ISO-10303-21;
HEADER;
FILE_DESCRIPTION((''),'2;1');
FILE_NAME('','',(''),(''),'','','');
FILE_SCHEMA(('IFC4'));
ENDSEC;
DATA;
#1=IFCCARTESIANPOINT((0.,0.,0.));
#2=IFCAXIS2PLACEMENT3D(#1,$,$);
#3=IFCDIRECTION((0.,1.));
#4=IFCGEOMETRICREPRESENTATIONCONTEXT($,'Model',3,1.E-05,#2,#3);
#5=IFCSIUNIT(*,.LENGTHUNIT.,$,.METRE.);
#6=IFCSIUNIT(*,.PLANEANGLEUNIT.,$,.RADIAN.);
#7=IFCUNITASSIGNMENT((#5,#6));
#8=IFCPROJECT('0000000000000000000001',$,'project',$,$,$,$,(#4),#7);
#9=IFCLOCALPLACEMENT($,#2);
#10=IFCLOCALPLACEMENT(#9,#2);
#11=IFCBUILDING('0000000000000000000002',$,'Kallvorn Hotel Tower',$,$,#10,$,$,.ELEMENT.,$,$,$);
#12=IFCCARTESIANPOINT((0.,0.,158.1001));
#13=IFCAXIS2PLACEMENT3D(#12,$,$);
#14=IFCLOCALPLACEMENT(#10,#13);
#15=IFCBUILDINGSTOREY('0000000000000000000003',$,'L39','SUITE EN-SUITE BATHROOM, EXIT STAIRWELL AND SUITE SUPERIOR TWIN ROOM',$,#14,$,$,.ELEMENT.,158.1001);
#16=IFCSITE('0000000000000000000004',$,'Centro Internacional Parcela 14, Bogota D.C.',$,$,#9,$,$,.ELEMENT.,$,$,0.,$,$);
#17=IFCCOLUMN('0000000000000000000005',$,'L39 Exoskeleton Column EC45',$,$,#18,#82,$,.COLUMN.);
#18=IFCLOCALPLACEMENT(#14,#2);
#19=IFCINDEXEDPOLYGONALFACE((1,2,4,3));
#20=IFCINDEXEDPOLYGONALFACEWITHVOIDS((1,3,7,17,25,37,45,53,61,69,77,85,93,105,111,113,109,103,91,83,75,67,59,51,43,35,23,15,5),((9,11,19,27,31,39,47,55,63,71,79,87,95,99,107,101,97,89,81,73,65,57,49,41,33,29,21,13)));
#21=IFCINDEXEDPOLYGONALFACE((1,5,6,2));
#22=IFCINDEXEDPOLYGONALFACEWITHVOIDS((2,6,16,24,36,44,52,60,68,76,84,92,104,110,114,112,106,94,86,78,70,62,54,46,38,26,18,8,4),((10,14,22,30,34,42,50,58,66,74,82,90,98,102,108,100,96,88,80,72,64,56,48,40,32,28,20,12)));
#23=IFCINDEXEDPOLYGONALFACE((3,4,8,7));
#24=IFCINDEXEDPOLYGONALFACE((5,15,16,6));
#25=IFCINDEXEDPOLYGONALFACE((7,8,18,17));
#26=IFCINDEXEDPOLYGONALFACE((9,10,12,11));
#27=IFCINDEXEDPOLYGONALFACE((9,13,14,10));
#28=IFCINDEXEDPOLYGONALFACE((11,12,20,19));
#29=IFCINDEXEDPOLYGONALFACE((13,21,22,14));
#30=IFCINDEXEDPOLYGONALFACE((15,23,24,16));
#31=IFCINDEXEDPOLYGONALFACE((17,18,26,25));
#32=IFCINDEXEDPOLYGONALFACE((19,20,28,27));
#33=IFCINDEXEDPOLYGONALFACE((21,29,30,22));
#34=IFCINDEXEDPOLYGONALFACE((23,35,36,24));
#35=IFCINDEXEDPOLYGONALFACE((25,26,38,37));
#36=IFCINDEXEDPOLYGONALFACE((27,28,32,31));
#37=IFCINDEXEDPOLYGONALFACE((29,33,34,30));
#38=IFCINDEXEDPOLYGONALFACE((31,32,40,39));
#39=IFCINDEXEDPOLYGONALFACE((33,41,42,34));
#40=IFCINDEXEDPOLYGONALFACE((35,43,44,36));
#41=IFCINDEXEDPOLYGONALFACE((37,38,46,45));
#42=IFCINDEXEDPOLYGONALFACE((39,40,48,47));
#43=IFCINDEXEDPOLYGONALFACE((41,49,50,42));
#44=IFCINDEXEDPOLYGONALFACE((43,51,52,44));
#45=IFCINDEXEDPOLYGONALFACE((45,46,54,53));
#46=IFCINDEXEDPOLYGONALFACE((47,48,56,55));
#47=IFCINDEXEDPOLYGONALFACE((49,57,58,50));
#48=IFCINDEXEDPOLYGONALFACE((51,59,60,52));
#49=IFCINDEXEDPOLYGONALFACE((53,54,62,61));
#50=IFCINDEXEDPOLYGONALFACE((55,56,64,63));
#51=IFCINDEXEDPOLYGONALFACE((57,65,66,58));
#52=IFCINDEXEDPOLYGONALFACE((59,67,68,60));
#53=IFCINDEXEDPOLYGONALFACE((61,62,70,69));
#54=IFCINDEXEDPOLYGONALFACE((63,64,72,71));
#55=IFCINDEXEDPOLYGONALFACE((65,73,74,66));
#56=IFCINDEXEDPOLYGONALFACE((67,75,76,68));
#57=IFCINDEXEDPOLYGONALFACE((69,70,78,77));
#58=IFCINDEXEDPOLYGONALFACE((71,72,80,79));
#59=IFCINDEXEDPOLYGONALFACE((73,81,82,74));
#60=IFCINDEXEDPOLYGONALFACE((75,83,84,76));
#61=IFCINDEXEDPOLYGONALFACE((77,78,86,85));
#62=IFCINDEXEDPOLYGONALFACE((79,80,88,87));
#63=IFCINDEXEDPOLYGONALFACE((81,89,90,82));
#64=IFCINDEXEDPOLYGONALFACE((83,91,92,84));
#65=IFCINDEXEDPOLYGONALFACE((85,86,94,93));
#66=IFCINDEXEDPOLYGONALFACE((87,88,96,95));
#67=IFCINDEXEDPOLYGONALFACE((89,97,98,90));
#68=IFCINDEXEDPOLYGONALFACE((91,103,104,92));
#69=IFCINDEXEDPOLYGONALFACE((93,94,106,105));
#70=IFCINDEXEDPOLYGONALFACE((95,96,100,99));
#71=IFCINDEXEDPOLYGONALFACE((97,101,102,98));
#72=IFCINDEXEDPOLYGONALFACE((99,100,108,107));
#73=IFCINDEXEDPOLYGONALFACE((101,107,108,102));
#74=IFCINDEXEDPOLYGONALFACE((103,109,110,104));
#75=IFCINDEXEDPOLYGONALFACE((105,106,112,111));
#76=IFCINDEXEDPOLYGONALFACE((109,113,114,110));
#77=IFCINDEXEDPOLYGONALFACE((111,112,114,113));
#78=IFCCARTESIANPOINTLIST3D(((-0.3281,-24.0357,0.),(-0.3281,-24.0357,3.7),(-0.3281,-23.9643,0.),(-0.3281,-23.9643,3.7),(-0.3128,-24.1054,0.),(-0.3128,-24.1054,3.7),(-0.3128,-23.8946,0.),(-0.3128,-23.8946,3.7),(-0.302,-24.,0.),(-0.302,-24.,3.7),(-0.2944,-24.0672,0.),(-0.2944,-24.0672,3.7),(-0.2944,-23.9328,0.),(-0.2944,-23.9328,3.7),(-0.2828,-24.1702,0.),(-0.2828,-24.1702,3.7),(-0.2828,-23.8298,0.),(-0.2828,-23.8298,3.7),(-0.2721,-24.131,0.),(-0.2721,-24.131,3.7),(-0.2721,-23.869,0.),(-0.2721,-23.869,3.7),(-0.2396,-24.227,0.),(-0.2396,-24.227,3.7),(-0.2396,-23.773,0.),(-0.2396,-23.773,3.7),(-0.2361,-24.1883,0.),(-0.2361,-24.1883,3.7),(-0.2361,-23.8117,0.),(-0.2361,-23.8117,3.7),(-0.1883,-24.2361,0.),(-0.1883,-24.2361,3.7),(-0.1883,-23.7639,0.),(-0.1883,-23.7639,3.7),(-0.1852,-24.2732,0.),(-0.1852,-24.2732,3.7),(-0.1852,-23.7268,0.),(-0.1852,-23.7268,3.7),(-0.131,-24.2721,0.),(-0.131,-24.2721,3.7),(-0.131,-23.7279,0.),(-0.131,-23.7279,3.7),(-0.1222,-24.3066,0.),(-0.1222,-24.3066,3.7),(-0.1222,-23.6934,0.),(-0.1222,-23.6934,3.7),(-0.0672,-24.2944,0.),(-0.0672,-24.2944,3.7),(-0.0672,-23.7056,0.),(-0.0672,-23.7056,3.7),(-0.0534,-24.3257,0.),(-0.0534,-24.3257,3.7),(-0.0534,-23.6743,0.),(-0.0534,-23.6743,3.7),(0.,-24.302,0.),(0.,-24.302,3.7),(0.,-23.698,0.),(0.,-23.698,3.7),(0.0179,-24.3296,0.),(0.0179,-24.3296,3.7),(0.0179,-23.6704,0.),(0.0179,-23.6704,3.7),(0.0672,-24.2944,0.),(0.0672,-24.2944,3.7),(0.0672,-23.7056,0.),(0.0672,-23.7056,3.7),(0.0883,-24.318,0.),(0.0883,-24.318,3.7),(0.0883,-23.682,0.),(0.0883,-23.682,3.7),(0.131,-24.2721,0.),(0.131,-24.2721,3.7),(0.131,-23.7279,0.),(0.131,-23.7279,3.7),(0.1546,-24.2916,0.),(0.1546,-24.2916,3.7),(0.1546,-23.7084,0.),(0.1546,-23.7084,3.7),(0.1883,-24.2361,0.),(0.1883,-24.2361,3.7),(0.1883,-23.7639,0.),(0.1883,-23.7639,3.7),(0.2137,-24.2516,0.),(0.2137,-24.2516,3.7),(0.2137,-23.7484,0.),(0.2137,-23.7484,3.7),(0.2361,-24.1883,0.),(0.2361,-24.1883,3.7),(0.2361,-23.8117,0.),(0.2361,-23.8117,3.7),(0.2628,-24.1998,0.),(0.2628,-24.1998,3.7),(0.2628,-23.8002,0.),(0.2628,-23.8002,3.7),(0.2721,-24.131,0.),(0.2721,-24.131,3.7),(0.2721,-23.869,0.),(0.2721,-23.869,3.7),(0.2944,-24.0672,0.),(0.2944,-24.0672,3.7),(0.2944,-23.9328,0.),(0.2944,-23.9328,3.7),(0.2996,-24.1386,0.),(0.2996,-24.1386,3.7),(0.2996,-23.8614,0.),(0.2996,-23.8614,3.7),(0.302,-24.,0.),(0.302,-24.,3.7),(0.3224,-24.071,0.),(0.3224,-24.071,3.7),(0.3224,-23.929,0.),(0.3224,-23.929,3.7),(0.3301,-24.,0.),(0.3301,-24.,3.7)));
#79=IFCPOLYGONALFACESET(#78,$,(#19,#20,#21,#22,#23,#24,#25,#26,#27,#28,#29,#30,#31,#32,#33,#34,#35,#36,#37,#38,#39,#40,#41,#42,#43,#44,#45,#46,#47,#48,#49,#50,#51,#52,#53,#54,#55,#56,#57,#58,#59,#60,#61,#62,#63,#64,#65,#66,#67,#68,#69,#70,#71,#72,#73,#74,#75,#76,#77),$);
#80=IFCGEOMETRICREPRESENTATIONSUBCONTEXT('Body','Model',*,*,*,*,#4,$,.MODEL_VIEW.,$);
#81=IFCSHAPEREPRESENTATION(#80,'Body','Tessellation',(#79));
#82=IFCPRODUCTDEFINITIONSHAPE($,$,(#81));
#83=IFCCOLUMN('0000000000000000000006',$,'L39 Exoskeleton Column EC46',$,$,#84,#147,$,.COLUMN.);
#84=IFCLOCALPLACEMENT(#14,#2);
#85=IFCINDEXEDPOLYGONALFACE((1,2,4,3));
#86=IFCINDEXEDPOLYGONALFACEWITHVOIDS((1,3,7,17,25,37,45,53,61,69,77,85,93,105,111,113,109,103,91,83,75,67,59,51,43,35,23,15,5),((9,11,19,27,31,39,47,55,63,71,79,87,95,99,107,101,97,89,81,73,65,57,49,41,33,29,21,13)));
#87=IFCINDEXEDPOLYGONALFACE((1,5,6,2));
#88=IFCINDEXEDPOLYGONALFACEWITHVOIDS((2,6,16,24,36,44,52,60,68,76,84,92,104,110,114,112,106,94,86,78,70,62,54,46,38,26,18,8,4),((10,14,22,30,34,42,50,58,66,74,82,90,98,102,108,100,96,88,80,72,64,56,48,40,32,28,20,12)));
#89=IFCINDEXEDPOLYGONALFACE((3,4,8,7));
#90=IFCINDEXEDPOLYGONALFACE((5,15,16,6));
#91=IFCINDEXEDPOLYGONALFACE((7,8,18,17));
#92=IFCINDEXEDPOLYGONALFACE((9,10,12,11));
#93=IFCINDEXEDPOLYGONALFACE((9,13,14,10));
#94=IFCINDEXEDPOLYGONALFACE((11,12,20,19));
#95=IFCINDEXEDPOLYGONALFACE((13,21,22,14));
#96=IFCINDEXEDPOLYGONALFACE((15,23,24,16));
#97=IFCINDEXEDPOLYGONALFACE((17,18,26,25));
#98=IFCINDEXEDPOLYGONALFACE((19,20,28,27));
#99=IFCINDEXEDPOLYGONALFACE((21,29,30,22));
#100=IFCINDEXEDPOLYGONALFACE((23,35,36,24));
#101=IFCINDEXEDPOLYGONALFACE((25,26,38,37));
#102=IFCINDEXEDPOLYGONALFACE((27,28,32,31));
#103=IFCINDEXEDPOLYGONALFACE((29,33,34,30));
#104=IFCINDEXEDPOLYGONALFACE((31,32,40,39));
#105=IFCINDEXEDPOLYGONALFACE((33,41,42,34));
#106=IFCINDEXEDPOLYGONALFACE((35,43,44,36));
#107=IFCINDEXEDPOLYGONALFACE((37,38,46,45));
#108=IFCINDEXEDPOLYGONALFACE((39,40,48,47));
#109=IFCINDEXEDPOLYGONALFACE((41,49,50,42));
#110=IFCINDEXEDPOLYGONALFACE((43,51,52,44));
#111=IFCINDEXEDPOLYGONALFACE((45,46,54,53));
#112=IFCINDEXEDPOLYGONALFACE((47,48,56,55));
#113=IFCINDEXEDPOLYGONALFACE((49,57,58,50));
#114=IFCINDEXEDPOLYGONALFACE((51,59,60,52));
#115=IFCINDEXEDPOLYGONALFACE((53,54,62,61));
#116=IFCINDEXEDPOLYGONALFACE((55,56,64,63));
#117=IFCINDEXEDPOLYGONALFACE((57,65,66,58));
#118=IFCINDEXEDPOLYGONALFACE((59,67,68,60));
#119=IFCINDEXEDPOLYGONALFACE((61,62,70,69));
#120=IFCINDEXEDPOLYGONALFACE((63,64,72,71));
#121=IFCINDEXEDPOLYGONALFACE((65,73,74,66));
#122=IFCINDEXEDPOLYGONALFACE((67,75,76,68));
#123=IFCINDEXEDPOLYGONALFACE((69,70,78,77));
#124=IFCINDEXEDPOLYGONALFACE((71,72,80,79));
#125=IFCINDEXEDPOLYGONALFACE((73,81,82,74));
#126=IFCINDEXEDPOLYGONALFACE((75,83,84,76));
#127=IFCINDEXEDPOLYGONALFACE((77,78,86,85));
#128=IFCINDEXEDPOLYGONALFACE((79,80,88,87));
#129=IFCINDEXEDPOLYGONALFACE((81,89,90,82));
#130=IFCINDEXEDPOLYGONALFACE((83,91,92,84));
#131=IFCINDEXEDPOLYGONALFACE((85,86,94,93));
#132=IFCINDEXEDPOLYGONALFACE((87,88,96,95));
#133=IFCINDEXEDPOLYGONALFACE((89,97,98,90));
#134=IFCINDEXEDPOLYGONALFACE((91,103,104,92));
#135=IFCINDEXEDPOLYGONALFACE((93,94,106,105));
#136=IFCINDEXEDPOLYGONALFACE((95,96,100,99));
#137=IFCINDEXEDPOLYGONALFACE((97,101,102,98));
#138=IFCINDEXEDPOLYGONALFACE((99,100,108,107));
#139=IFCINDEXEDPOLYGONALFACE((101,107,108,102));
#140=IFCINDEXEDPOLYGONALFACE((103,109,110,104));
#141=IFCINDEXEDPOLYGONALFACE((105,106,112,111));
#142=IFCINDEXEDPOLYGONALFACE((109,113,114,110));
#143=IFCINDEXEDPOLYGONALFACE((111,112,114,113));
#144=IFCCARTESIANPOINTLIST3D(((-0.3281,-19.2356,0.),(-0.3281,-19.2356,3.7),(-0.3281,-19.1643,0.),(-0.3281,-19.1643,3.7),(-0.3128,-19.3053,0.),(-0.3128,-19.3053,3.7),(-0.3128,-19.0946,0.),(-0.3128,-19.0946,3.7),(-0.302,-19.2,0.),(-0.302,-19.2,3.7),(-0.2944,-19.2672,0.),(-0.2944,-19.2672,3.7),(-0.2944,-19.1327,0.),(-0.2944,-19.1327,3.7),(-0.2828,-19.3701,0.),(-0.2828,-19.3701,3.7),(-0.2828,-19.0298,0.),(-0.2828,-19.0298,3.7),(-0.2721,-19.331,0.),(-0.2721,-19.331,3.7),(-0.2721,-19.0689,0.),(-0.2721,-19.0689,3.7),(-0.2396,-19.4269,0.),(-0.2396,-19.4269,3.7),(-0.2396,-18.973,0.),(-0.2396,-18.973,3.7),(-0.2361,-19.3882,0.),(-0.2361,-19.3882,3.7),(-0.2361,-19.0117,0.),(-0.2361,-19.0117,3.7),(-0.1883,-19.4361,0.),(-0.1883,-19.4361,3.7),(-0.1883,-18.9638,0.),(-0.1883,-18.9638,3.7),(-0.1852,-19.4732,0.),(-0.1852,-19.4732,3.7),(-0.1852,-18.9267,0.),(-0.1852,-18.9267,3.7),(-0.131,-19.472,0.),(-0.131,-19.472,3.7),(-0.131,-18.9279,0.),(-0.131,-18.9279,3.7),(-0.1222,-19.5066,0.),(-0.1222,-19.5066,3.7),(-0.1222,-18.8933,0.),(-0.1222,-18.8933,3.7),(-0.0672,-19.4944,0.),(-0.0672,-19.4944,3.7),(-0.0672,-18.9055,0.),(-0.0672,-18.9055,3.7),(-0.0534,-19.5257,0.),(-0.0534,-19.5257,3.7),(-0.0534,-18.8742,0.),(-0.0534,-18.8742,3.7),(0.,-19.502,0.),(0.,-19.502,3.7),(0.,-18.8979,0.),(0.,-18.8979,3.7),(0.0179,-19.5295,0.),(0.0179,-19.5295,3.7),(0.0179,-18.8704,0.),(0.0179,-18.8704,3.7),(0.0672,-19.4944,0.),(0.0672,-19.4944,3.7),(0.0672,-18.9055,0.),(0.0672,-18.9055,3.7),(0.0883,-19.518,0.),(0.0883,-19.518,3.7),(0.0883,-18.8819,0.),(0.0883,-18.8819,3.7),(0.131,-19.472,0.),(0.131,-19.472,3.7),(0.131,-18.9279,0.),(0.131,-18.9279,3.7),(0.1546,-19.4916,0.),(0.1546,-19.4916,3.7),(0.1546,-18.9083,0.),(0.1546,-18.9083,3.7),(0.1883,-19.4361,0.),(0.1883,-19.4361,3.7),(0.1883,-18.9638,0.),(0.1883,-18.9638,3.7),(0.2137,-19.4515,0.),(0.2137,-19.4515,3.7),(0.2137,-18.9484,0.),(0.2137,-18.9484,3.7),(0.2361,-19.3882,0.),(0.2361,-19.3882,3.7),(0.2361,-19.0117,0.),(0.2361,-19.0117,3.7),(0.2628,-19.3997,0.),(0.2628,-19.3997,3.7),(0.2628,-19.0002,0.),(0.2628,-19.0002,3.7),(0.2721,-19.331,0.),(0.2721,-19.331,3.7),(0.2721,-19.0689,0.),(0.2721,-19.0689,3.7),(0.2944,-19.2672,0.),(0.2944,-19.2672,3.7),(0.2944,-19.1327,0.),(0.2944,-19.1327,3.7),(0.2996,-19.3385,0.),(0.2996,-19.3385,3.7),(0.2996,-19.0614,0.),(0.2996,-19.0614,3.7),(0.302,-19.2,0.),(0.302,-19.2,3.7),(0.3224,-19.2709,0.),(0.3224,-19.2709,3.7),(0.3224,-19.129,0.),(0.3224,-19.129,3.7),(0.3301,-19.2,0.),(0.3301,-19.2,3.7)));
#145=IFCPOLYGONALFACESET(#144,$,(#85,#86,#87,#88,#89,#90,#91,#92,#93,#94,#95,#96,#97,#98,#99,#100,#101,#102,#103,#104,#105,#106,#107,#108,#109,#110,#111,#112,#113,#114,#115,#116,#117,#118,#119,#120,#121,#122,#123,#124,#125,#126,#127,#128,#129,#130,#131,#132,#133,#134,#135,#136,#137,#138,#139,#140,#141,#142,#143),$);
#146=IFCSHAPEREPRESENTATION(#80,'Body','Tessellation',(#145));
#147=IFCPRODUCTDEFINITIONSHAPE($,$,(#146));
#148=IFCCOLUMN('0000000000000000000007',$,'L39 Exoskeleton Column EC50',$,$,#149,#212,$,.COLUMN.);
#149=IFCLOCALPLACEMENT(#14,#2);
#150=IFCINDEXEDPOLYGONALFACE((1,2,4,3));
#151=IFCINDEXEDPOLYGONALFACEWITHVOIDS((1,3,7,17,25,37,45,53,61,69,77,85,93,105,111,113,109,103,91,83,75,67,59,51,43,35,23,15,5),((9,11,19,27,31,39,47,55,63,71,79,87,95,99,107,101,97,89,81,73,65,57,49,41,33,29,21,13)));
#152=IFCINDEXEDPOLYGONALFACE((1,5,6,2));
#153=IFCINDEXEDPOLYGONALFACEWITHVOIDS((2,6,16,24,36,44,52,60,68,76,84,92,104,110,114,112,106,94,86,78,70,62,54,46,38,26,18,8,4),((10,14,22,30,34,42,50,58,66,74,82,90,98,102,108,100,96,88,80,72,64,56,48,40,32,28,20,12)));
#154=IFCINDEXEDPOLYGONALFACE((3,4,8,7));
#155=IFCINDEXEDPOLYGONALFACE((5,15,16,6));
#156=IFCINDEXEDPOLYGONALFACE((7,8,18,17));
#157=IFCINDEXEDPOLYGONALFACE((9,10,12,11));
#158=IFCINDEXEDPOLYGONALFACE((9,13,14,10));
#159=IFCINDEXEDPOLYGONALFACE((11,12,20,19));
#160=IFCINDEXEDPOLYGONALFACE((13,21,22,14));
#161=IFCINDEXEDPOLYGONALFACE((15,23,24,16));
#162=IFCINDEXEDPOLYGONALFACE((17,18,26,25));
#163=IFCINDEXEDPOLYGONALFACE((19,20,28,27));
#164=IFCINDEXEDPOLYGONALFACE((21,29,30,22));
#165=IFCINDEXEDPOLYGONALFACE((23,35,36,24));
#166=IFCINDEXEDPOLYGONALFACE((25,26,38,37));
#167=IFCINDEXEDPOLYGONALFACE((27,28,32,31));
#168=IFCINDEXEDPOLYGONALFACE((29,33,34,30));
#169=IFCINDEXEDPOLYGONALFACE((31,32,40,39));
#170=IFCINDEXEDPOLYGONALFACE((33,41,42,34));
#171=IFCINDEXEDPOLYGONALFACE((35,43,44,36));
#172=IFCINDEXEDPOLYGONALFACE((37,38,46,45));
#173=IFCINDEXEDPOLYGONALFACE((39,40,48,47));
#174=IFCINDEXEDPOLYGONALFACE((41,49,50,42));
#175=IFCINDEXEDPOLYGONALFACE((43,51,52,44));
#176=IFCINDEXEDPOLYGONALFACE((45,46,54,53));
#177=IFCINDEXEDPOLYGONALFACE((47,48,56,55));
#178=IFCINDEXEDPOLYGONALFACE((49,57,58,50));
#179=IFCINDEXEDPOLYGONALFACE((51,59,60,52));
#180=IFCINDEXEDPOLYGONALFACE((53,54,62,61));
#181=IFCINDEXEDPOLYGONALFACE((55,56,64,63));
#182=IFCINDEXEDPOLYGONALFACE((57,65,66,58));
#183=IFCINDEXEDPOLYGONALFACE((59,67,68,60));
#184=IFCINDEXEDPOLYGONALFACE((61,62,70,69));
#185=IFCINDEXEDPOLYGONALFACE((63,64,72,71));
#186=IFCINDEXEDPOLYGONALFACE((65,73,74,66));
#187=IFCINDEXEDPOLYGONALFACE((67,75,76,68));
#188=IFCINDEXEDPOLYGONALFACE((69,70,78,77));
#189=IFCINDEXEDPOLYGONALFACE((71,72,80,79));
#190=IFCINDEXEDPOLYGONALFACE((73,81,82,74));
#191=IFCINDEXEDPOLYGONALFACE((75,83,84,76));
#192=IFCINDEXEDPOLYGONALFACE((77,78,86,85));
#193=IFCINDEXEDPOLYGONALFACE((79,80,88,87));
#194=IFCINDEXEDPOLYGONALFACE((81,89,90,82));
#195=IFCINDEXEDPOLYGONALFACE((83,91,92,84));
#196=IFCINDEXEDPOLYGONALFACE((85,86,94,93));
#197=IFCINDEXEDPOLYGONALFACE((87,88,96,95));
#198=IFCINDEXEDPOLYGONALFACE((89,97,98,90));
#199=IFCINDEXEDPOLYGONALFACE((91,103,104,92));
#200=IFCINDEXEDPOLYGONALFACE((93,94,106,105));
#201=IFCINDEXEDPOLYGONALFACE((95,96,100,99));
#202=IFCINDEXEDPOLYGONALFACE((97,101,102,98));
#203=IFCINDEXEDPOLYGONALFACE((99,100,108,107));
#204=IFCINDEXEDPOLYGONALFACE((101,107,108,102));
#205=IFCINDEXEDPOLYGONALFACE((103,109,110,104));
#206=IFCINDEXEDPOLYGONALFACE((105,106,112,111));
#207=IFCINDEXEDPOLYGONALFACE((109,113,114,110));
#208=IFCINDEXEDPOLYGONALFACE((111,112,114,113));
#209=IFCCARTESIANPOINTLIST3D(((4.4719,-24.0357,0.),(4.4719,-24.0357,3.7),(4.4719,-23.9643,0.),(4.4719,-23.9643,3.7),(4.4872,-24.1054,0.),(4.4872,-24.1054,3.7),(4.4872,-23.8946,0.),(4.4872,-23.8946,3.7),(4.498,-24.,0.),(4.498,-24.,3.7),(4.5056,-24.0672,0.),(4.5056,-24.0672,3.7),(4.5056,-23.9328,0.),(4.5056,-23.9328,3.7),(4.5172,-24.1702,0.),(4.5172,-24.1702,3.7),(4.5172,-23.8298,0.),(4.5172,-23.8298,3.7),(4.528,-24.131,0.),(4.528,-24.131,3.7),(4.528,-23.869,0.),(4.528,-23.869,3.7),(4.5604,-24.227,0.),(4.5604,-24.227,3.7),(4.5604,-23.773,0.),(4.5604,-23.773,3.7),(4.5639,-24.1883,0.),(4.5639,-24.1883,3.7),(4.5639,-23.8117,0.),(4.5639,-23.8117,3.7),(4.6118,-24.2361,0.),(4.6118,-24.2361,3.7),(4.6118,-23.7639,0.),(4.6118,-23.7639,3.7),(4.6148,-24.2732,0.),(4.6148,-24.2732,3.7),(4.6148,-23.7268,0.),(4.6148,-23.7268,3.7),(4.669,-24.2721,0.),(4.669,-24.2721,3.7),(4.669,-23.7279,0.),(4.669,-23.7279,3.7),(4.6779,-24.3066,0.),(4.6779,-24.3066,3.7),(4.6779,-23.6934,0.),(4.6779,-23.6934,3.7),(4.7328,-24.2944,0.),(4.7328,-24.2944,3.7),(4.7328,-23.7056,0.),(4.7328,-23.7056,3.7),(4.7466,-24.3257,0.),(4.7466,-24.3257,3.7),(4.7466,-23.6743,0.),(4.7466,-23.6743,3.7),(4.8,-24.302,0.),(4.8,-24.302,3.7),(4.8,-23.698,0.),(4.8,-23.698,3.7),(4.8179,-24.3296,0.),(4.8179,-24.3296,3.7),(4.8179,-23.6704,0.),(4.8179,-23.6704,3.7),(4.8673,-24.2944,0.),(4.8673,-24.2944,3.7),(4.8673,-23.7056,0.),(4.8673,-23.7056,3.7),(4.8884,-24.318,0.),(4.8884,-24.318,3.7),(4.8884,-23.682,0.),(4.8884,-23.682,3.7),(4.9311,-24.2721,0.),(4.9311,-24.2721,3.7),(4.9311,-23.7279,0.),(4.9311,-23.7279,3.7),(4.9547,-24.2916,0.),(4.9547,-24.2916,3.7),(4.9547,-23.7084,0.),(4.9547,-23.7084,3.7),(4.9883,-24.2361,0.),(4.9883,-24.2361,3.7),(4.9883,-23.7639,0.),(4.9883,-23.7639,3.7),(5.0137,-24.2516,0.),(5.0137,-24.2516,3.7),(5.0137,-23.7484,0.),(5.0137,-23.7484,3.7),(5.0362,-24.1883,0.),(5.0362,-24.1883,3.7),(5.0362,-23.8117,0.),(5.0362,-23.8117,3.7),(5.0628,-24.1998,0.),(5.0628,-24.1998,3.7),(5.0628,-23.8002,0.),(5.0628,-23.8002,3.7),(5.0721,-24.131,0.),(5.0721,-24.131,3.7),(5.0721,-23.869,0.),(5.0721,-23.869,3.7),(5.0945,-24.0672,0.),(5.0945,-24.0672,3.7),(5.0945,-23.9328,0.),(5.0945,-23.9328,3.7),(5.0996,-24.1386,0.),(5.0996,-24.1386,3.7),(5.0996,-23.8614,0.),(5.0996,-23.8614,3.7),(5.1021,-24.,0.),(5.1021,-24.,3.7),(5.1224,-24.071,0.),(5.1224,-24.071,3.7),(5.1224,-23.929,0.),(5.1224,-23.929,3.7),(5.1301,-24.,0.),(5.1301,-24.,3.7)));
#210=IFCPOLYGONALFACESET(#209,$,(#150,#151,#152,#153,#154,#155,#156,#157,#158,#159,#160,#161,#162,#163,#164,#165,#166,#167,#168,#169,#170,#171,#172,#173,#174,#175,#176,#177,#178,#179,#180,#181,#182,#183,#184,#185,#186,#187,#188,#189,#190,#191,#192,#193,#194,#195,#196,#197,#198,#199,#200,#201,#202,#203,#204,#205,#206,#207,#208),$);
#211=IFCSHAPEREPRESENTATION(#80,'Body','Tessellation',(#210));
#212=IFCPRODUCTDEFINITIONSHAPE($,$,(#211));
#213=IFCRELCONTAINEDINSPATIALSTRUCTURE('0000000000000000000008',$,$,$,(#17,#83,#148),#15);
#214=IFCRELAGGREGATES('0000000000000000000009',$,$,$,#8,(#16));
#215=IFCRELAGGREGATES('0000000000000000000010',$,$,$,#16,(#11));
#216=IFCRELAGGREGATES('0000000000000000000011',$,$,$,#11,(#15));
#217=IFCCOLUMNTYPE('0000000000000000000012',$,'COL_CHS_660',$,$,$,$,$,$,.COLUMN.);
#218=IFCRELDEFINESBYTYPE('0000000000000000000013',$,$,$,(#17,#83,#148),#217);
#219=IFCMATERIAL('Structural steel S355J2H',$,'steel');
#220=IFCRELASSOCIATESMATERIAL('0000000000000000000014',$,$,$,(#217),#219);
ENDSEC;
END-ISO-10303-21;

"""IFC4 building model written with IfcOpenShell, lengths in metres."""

from ifc_helpers import new_model, si_unit, direction, frame, origin, origin_2d, place, context, subcontext, project, spatial, hollow_circle, extrude, material, material_profile, profile_set, type_object, element, save


model = new_model("IFC4")

# Units and contexts
model_context = context("Model", 3, precision=1e-05, world=origin(), true_north=direction((0.0, 1.0)))
body_context = subcontext(model_context, "Body", "Model", "MODEL_VIEW")
ifc_project = project(units=[si_unit("LENGTHUNIT", "METRE"), si_unit("PLANEANGLEUNIT", "RADIAN")], contexts=[model_context])

# Site, building, storey
site_placement = place(None, origin())
site = spatial("IfcSite", under=ifc_project, at=site_placement, Name="Centro Internacional Parcela 14, Bogota D.C.", CompositionType="ELEMENT", RefElevation=0.0)
building_placement = place(site_placement, origin())
building = spatial("IfcBuilding", under=site, at=building_placement, Name="Kallvorn Hotel Tower", CompositionType="ELEMENT")
storey_placement = place(building_placement, frame((0.0, 0.0, 158.1001)))
storey = spatial("IfcBuildingStorey", under=building, at=storey_placement, Name="L39", Description="SUITE EN-SUITE BATHROOM, EXIT STAIRWELL AND SUITE SUPERIOR TWIN ROOM", CompositionType="ELEMENT", Elevation=158.1001)

# Columns
ifc_material_1 = material(Name="Structural steel S355J2H", Category="steel")
ifc_material_profile_1 = material_profile(ifc_material_1, hollow_circle(Radius=0.3301, WallThickness=0.0281, at=origin_2d()), Name="CHS 660x28")
ifc_profile_set_1 = profile_set([ifc_material_profile_1], Name="Structural steel S355J2H")
column_type = type_object("IfcColumnType", Name="COL_CHS_660", PredefinedType="COLUMN", material=ifc_profile_set_1)
for number, where, z_axis, x_axis, name in (
    (1, (0.0, -24.0, 0.0), (0.0, 0.0, 1.0), (1.0, 0.0, 0.0), "L39 Exoskeleton Column EC45"),
    (2, (0.0, -19.2, 0.0), (0.0, 0.0, 1.0), (1.0, 0.0, 0.0), "L39 Exoskeleton Column EC46"),
    (3, (4.8, -24.0, 0.0), (0.0, 0.0, 1.0), (1.0, 0.0, 0.0), "L39 Exoskeleton Column EC50"),
):
    element("IfcColumn", number, at=place(storey_placement, frame(where, z_axis=z_axis, x_axis=x_axis)), inside=storey, type_object=column_type, Name=name, PredefinedType="COLUMN", context=body_context, shape_type="SweptSolid", body=[
        extrude(hollow_circle(Radius=0.3301, WallThickness=0.0281, at=origin_2d()), origin(), (0.0, 0.0, 1.0), 3.7),
    ])

save(model, "model.ifc")
